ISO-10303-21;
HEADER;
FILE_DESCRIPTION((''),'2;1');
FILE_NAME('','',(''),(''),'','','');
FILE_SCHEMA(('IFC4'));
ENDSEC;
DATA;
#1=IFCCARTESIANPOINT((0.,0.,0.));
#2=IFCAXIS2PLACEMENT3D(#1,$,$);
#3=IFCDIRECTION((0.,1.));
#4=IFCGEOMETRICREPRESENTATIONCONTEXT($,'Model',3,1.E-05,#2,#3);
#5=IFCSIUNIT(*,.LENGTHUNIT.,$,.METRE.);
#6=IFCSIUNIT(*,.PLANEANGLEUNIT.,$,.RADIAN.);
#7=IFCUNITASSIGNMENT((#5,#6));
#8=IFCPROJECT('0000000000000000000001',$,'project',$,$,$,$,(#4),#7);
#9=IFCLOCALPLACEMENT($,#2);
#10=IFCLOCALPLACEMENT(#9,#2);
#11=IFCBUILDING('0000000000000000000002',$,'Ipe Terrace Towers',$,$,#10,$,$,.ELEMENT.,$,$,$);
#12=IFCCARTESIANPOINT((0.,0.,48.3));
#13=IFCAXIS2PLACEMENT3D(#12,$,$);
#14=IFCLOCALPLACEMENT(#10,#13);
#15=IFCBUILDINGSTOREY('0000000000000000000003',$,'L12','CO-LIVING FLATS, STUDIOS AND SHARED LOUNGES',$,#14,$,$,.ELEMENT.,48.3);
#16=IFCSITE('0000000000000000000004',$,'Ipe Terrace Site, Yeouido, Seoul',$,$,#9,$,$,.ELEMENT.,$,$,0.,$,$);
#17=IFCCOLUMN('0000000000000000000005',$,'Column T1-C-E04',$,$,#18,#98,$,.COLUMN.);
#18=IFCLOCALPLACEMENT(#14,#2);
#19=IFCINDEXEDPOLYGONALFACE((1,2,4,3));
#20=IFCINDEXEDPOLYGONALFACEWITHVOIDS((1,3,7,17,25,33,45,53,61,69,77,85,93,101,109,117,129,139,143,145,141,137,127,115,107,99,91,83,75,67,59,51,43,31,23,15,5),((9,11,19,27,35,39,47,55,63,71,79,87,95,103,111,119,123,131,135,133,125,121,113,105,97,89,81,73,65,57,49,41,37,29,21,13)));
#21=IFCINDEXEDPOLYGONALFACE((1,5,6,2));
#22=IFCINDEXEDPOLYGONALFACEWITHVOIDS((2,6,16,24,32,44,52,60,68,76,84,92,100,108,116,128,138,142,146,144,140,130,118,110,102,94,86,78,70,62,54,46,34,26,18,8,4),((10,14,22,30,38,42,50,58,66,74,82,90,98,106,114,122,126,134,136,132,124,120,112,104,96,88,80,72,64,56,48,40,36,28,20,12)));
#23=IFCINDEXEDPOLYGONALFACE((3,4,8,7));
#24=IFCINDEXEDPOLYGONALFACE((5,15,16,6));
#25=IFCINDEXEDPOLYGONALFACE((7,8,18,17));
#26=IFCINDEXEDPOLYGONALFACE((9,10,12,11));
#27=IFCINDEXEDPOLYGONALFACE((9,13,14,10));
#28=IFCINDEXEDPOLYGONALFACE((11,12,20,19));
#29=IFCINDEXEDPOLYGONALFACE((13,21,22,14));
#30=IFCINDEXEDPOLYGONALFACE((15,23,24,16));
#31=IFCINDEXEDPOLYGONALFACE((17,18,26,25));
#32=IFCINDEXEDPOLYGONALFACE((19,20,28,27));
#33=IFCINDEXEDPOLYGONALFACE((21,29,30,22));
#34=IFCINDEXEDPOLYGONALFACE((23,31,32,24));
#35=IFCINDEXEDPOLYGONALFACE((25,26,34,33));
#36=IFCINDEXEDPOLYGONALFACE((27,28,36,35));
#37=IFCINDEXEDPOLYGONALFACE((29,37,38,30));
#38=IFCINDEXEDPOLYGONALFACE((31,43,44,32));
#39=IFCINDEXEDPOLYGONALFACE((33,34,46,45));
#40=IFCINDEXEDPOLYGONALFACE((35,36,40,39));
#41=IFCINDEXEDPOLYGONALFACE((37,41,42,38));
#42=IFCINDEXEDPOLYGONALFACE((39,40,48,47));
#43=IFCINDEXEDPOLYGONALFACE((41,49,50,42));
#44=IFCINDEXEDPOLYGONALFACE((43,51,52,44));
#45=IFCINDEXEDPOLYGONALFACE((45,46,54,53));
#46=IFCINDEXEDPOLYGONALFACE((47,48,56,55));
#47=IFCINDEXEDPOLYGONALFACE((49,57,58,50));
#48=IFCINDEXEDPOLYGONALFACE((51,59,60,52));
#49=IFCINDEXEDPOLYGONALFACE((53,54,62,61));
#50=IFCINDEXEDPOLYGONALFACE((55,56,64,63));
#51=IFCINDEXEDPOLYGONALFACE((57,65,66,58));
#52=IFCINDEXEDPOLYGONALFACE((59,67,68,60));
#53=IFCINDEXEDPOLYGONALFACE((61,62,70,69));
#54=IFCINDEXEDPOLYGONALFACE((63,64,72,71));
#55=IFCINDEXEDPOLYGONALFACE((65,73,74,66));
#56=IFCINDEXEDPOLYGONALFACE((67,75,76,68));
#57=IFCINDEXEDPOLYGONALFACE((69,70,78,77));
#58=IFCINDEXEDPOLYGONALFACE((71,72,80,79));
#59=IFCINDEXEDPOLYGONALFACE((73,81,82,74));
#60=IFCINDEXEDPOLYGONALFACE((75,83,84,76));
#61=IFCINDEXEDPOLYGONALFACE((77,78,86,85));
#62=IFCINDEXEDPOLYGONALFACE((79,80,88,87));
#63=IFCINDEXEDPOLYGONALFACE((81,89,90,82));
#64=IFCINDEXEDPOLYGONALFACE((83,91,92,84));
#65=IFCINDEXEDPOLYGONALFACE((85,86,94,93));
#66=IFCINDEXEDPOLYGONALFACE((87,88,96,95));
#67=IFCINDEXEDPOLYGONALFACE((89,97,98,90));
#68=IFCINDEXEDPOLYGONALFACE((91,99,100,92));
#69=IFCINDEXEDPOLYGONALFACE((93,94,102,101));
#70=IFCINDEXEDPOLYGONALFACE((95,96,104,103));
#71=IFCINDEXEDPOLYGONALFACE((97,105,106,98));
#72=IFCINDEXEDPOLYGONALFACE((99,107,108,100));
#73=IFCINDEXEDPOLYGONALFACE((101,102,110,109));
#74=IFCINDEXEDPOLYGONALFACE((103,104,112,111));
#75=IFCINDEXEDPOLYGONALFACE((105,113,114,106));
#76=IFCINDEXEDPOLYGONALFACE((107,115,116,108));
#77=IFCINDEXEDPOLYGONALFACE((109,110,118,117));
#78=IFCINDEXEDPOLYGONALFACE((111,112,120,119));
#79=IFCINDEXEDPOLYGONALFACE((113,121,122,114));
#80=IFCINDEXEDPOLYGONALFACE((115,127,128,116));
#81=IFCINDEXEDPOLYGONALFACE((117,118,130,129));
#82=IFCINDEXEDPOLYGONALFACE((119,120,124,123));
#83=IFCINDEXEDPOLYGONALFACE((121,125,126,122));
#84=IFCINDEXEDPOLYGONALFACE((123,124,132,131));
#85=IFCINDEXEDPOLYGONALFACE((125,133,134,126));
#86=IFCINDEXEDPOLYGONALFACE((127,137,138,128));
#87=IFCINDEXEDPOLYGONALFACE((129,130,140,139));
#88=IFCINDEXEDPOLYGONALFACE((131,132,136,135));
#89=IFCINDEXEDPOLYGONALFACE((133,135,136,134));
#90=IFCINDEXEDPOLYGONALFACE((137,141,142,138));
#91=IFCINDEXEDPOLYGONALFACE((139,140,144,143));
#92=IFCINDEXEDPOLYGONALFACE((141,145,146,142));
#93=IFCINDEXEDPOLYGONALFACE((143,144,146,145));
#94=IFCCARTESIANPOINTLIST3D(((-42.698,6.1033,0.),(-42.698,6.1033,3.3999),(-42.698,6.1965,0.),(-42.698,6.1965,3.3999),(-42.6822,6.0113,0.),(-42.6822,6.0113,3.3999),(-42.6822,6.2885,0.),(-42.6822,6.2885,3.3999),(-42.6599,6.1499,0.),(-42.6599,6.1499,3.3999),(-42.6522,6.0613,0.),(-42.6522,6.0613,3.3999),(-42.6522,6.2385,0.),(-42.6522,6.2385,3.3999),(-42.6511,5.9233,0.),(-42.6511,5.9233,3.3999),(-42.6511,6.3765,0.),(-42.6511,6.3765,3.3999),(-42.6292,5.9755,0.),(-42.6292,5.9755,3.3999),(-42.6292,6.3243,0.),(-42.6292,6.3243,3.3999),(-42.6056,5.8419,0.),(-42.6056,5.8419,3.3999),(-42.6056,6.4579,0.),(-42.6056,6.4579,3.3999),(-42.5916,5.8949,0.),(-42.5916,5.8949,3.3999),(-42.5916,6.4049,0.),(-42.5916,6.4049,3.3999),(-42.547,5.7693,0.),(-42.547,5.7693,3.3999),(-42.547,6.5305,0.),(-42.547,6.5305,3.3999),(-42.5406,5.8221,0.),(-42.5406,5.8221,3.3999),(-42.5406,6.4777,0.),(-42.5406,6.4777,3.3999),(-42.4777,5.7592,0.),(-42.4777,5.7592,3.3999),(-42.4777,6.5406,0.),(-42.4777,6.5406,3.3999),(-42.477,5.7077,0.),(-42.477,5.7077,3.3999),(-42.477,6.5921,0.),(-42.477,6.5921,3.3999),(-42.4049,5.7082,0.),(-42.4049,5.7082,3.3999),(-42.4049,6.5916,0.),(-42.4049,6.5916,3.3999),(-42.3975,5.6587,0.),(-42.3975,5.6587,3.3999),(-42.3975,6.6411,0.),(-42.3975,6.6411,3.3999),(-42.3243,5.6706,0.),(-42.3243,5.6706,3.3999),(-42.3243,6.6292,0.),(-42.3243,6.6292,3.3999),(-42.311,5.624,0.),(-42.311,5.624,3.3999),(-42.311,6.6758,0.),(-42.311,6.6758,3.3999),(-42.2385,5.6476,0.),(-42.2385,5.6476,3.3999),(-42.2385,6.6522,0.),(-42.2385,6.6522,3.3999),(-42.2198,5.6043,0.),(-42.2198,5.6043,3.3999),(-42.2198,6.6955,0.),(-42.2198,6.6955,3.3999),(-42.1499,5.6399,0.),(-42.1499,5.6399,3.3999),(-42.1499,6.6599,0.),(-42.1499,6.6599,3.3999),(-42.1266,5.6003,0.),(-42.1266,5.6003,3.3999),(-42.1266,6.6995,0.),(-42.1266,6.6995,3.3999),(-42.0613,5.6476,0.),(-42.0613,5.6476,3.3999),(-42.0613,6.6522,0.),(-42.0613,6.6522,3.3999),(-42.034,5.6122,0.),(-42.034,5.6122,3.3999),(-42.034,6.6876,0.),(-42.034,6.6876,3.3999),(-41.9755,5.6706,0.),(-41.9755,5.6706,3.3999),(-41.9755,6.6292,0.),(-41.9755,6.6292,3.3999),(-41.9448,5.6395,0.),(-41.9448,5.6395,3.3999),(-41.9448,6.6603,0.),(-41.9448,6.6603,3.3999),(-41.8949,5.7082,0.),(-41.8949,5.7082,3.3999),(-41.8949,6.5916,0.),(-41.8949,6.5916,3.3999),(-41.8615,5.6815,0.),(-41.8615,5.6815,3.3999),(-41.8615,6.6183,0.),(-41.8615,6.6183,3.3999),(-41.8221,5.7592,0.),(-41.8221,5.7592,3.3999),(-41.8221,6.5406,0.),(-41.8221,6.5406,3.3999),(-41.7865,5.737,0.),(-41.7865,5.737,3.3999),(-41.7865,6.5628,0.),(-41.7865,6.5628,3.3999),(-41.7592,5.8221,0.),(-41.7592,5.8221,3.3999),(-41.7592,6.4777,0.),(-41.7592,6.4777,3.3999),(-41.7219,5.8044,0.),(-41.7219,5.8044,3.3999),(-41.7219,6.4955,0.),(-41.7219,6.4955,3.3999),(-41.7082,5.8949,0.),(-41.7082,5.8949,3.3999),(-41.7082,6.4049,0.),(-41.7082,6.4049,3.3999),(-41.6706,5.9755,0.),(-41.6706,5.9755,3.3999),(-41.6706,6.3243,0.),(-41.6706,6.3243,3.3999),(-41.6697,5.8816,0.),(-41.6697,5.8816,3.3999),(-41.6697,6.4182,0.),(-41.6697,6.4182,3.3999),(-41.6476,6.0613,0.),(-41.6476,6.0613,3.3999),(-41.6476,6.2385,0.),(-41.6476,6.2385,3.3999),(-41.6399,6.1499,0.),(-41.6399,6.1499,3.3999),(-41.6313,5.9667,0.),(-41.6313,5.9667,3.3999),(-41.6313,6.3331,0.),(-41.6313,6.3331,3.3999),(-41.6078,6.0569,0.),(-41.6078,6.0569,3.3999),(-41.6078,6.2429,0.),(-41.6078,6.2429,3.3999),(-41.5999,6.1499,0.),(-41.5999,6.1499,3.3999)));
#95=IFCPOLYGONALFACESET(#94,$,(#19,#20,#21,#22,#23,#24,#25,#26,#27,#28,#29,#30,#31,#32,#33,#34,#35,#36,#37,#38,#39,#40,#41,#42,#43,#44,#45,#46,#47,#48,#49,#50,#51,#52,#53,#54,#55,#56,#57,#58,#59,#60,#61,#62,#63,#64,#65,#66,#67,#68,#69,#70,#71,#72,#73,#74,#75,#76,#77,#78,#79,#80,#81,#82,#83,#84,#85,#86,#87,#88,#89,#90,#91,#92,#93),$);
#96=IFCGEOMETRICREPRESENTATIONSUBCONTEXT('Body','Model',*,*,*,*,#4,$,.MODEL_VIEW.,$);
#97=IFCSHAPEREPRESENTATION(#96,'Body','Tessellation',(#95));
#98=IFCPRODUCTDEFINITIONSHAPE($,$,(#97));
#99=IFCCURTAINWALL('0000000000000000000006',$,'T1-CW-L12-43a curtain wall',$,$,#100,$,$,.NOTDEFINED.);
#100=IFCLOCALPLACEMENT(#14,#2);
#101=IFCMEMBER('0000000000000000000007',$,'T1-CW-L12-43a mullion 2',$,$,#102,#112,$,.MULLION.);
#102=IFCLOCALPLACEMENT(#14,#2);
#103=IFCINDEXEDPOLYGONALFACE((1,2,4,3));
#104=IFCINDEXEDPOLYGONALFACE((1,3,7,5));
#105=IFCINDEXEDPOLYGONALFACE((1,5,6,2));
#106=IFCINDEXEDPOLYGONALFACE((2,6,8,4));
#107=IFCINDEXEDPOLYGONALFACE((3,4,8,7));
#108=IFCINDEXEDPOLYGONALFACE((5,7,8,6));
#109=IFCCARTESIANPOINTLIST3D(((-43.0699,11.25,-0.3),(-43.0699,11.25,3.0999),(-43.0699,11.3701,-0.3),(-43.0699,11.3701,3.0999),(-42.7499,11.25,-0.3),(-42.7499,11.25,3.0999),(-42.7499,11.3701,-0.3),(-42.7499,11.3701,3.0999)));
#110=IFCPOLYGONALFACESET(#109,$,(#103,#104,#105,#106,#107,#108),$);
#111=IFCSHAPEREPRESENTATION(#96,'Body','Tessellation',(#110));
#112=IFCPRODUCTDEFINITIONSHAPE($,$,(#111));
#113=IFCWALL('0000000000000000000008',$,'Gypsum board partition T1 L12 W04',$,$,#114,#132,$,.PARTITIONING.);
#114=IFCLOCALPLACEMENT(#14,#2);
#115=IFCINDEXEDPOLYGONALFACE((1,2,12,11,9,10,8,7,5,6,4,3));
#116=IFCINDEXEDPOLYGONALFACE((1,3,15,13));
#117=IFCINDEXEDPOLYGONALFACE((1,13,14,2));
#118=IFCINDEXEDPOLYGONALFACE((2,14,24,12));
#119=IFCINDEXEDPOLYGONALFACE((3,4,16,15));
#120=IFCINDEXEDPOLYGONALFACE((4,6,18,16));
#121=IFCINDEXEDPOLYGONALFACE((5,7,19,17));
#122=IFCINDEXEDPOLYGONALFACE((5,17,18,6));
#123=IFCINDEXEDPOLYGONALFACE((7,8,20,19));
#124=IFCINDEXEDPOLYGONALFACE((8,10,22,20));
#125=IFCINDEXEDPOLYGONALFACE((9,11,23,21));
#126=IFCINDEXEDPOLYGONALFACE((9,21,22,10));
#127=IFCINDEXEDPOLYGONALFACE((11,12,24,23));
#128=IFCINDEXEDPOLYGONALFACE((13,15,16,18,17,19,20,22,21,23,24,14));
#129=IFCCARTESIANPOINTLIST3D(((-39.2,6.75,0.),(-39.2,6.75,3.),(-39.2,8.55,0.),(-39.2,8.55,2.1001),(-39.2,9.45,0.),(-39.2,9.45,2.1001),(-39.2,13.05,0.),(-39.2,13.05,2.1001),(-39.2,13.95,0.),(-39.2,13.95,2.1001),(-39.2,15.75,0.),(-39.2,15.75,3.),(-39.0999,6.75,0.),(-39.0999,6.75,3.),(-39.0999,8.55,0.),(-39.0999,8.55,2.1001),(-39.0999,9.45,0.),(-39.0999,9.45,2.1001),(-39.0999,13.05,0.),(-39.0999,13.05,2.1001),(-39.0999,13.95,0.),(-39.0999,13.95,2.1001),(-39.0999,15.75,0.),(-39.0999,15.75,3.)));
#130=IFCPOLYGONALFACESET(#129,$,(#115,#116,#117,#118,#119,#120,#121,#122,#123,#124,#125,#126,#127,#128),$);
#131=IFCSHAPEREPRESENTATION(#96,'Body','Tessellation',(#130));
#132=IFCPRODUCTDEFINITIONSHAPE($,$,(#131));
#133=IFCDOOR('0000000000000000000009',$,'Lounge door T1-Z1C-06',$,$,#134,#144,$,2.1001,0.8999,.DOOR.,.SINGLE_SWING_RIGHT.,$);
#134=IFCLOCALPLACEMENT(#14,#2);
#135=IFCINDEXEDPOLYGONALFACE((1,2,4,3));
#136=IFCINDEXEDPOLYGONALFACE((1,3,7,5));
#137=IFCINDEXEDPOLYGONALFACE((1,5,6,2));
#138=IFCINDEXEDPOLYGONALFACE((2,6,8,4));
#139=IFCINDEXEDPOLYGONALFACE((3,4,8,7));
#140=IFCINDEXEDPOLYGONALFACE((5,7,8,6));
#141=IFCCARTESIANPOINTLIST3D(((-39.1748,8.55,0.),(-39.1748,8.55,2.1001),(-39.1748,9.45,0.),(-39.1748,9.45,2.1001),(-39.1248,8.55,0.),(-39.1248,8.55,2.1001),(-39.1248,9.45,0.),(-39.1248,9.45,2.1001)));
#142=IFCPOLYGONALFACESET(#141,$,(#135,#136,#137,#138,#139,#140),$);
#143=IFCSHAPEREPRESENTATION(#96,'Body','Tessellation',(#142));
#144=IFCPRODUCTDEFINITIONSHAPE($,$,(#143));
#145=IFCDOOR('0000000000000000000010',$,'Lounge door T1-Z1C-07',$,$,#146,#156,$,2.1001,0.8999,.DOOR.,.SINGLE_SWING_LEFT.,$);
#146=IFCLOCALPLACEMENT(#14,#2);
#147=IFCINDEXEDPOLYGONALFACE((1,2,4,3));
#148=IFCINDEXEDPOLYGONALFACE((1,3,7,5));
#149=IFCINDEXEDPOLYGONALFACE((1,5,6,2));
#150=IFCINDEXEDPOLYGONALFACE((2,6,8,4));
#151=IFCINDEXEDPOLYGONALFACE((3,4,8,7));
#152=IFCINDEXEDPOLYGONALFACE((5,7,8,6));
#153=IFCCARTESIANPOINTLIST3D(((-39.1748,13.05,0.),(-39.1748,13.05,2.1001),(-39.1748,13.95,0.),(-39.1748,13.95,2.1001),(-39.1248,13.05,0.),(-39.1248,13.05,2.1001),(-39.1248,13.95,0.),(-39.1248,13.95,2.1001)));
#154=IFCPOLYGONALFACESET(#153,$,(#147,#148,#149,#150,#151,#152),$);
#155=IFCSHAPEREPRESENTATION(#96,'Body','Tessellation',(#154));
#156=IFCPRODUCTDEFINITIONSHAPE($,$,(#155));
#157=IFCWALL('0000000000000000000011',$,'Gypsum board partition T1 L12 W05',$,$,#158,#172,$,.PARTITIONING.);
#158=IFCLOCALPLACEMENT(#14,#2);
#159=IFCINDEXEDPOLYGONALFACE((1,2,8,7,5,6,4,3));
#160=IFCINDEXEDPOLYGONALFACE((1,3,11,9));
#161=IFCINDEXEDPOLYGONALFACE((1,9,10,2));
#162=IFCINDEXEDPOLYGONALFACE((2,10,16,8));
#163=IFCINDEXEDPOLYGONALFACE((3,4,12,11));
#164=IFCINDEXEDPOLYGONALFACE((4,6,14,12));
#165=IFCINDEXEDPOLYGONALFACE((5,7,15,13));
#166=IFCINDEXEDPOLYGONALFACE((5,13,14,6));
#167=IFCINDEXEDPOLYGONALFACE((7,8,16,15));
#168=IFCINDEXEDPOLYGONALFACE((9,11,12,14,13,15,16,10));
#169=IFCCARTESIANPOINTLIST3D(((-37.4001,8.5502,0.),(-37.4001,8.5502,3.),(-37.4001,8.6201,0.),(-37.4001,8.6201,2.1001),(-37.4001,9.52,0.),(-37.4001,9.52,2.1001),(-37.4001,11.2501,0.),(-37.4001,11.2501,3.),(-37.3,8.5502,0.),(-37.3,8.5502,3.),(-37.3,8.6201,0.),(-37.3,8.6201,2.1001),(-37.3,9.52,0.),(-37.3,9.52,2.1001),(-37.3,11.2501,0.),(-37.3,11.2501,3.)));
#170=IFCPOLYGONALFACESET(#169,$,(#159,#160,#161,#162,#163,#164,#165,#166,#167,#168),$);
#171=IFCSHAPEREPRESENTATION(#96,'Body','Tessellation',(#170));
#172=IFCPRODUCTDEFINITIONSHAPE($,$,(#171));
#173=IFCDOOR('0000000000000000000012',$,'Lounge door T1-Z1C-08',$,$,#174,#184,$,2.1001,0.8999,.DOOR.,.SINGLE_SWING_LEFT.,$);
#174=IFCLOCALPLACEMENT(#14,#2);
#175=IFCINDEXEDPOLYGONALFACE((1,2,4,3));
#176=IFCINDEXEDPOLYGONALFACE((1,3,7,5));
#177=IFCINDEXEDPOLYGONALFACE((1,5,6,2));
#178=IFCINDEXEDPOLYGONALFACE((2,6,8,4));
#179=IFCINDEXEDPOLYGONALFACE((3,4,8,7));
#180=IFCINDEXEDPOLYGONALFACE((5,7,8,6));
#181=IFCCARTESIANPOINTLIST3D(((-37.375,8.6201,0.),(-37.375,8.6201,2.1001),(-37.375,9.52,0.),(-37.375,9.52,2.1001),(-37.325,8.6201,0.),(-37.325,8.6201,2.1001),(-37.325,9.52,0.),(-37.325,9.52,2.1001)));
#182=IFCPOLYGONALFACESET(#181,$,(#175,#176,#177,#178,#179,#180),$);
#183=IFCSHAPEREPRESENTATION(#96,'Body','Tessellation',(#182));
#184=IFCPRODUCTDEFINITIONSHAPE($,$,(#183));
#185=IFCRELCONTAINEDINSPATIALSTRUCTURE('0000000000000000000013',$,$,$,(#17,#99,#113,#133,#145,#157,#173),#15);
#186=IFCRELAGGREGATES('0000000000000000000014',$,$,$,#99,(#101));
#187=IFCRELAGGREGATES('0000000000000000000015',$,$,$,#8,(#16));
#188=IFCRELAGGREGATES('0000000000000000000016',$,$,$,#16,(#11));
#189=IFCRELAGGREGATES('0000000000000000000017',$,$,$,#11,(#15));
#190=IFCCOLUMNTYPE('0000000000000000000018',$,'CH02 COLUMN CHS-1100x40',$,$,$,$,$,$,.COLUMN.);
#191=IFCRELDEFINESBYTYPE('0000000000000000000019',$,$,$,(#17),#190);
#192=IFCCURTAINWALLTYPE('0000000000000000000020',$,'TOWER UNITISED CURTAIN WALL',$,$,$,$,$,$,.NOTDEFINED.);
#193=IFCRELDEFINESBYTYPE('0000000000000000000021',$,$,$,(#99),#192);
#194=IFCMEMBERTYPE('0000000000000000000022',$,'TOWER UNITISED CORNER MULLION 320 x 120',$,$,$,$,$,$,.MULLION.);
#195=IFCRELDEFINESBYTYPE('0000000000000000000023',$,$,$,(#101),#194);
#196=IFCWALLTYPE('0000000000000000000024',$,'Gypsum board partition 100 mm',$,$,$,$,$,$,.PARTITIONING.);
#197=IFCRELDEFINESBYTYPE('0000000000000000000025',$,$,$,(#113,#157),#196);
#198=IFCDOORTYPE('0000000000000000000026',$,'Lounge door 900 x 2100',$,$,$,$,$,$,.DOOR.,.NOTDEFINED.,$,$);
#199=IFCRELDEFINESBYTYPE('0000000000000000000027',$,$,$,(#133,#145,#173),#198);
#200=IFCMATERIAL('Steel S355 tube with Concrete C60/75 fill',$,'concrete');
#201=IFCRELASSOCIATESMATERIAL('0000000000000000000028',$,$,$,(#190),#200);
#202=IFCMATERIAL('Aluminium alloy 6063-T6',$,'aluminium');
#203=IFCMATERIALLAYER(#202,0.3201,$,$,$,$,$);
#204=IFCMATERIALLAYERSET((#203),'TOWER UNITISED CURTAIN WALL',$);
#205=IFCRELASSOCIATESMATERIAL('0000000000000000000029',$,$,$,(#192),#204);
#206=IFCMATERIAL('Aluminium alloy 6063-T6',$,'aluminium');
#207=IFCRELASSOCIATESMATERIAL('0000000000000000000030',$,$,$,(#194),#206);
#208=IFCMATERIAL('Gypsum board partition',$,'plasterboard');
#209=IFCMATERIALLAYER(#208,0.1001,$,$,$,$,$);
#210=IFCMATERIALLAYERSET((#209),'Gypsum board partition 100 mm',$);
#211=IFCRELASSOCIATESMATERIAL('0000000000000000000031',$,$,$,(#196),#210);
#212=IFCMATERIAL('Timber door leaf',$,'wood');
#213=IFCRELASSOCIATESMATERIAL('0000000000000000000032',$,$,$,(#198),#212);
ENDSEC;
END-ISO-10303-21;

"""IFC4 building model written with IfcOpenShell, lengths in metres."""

from ifc_helpers import new_model, si_unit, direction, frame, frame_2d, origin, origin_2d, place, context, subcontext, project, spatial, rectangle, hollow_circle, extrude, material, layer, layer_set, material_profile, profile_set, type_object, element, fill, aggregate, save


model = new_model("IFC4")

# Units and contexts
model_context = context("Model", 3, precision=1e-05, world=origin(), true_north=direction((0.0, 1.0)))
body_context = subcontext(model_context, "Body", "Model", "MODEL_VIEW")
ifc_project = project(units=[si_unit("LENGTHUNIT", "METRE"), si_unit("PLANEANGLEUNIT", "RADIAN")], contexts=[model_context])

# Site, building, storey
site_placement = place(None, origin())
site = spatial("IfcSite", under=ifc_project, at=site_placement, Name="Ipe Terrace Site, Yeouido, Seoul", CompositionType="ELEMENT", RefElevation=0.0)
building_placement = place(site_placement, origin())
building = spatial("IfcBuilding", under=site, at=building_placement, Name="Ipe Terrace Towers", CompositionType="ELEMENT")
storey_placement = place(building_placement, frame((0.0, 0.0, 48.3)))
storey = spatial("IfcBuildingStorey", under=building, at=storey_placement, Name="L12", Description="CO-LIVING FLATS, STUDIOS AND SHARED LOUNGES", CompositionType="ELEMENT", Elevation=48.3)

# Column
ifc_material_1 = material(Name="Steel S355 tube with Concrete C60/75 fill", Category="concrete")
ifc_material_profile_1 = material_profile(ifc_material_1, hollow_circle(Radius=0.55, WallThickness=0.04, at=origin_2d()), Name="CHS-1100x40")
ifc_profile_set_1 = profile_set([ifc_material_profile_1], Name="Steel S355 tube with Concrete C60/75 fill")
column_type = type_object("IfcColumnType", Name="CH02 COLUMN CHS-1100x40", PredefinedType="COLUMN", material=ifc_profile_set_1)
column_placement = place(storey_placement, frame((-42.1499, 6.1499, 0.0), z_axis=(0.0, 0.0, 1.0), x_axis=(1.0, 0.0, 0.0)))
element("IfcColumn", 1, at=column_placement, inside=storey, type_object=column_type, Name="Column T1-C-E04", PredefinedType="COLUMN", context=body_context, shape_type="SweptSolid", body=[
    extrude(hollow_circle(Radius=0.55, WallThickness=0.04, at=origin_2d()), origin(), (0.0, 0.0, 1.0), 3.3999),
])

# Curtain wall, member
ifc_material_2 = material(Name="Aluminium alloy 6063-T6", Category="aluminium")
ifc_layer_1 = layer(ifc_material_2, 0.3201)
ifc_layer_set_1 = layer_set([ifc_layer_1], Name="TOWER UNITISED CURTAIN WALL")
curtain_wall_type = type_object("IfcCurtainWallType", Name="TOWER UNITISED CURTAIN WALL", PredefinedType="NOTDEFINED", material=ifc_layer_set_1)
curtain_wall_placement = place(storey_placement, origin())
curtain_wall = element("IfcCurtainWall", 2, at=curtain_wall_placement, inside=storey, type_object=curtain_wall_type, Name="T1-CW-L12-43a curtain wall", PredefinedType="NOTDEFINED")
ifc_material_3 = material(Name="Aluminium alloy 6063-T6", Category="aluminium")
ifc_material_profile_2 = material_profile(ifc_material_3, rectangle(XDim=0.3201, YDim=0.1201, at=origin_2d()), Name="TOWER UNITISED CORNER MULLION 320 x 120")
ifc_profile_set_2 = profile_set([ifc_material_profile_2], Name="Aluminium alloy 6063-T6")
member_type = type_object("IfcMemberType", Name="TOWER UNITISED CORNER MULLION 320 x 120", PredefinedType="MULLION", material=ifc_profile_set_2)
member_placement = place(storey_placement, frame((-42.9099, 11.3101, -0.3), z_axis=(0.0, 0.0, 1.0), x_axis=(-1.0, 0.0, 0.0)))
member = element("IfcMember", 3, at=member_placement, type_object=member_type, Name="T1-CW-L12-43a mullion 2", PredefinedType="MULLION", context=body_context, shape_type="SweptSolid", body=[
    extrude(rectangle(XDim=0.3201, YDim=0.1201, at=origin_2d()), origin(), (0.0, 0.0, 1.0), 3.3999),
])
aggregate(curtain_wall, [member])

# Wall, openings, doors
ifc_material_4 = material(Name="Gypsum board partition", Category="plasterboard")
ifc_layer_2 = layer(ifc_material_4, 0.1001)
ifc_layer_set_2 = layer_set([ifc_layer_2], Name="Gypsum board partition 100 mm")
wall_type_1 = type_object("IfcWallType", Name="Gypsum board partition 100 mm", PredefinedType="PARTITIONING", material=ifc_layer_set_2)
wall_1_placement = place(storey_placement, frame((-39.1499, 6.75, 0.0), z_axis=(0.0, 0.0, 1.0), x_axis=(0.0, 1.0, 0.0)))
wall_1 = element("IfcWall", 4, at=wall_1_placement, inside=storey, type_object=wall_type_1, Name="Gypsum board partition T1 L12 W04", PredefinedType="PARTITIONING", context=body_context, shape_type="SweptSolid", body=[
    extrude(rectangle(XDim=9.0, YDim=0.1001, at=frame_2d((4.5, 0.0))), origin(), (0.0, 0.0, 1.0), 3.0),
])
opening_1_placement = place(wall_1_placement, frame((1.8, 0.0, 0.0)))
opening_1 = element("IfcOpeningElement", 5, at=opening_1_placement, cuts=wall_1, PredefinedType="OPENING", context=body_context, shape_type="SweptSolid", body=[
    extrude(rectangle(XDim=0.8999, YDim=2.1001, at=frame_2d((0.45, 1.05))), frame((0.0, 0.0601, 0.0), z_axis=(0.0, -1.0, 0.0), x_axis=(1.0, 0.0, 0.0)), (0.0, 0.0, 1.0), 0.1201),
])
opening_2_placement = place(wall_1_placement, frame((6.3, 0.0, 0.0)))
opening_2 = element("IfcOpeningElement", 6, at=opening_2_placement, cuts=wall_1, PredefinedType="OPENING", context=body_context, shape_type="SweptSolid", body=[
    extrude(rectangle(XDim=0.8999, YDim=2.1001, at=frame_2d((0.45, 1.05))), frame((0.0, 0.0601, 0.0), z_axis=(0.0, -1.0, 0.0), x_axis=(1.0, 0.0, 0.0)), (0.0, 0.0, 1.0), 0.1201),
])
ifc_material_5 = material(Name="Timber door leaf", Category="wood")
door_type_1 = type_object("IfcDoorType", Name="Lounge door 900 x 2100", OperationType="NOTDEFINED", PredefinedType="DOOR", material=ifc_material_5)
door_1_placement = place(opening_1_placement, origin())
door_1 = element("IfcDoor", 7, at=door_1_placement, inside=storey, type_object=door_type_1, Name="Lounge door T1-Z1C-06", OperationType="SINGLE_SWING_RIGHT", OverallHeight=2.1001, OverallWidth=0.8999, PredefinedType="DOOR", context=body_context, shape_type="SweptSolid", body=[
    extrude(rectangle(XDim=0.8999, YDim=2.1001, at=frame_2d((0.45, 1.05))), frame((0.0, 0.0249, 0.0), z_axis=(0.0, -1.0, 0.0), x_axis=(1.0, 0.0, 0.0)), (0.0, 0.0, 1.0), 0.05),
])
fill(opening_1, door_1)
door_2_placement = place(opening_2_placement, origin())
door_2 = element("IfcDoor", 8, at=door_2_placement, inside=storey, type_object=door_type_1, Name="Lounge door T1-Z1C-07", OperationType="SINGLE_SWING_LEFT", OverallHeight=2.1001, OverallWidth=0.8999, PredefinedType="DOOR", context=body_context, shape_type="SweptSolid", body=[
    extrude(rectangle(XDim=0.8999, YDim=2.1001, at=frame_2d((0.45, 1.05))), frame((0.0, 0.0249, 0.0), z_axis=(0.0, -1.0, 0.0), x_axis=(1.0, 0.0, 0.0)), (0.0, 0.0, 1.0), 0.05),
])
fill(opening_2, door_2)

# Wall, opening, door
wall_2_placement = place(storey_placement, frame((-37.3501, 8.55, 0.0), z_axis=(0.0, 0.0, 1.0), x_axis=(0.0, 1.0, 0.0)))
wall_2 = element("IfcWall", 9, at=wall_2_placement, inside=storey, type_object=wall_type_1, Name="Gypsum board partition T1 L12 W05", PredefinedType="PARTITIONING", context=body_context, shape_type="SweptSolid", body=[
    extrude(rectangle(XDim=2.7, YDim=0.1001, at=frame_2d((1.3501, 0.0))), origin(), (0.0, 0.0, 1.0), 3.0),
])
opening_3_placement = place(wall_2_placement, frame((0.0701, 0.0, 0.0)))
opening_3 = element("IfcOpeningElement", 10, at=opening_3_placement, cuts=wall_2, PredefinedType="OPENING", context=body_context, shape_type="SweptSolid", body=[
    extrude(rectangle(XDim=0.8999, YDim=2.1001, at=frame_2d((0.45, 1.05))), frame((0.0, 0.0601, 0.0), z_axis=(0.0, -1.0, 0.0), x_axis=(1.0, 0.0, 0.0)), (0.0, 0.0, 1.0), 0.1201),
])
door_3_placement = place(opening_3_placement, origin())
door_3 = element("IfcDoor", 11, at=door_3_placement, inside=storey, type_object=door_type_1, Name="Lounge door T1-Z1C-08", OperationType="SINGLE_SWING_LEFT", OverallHeight=2.1001, OverallWidth=0.8999, PredefinedType="DOOR", context=body_context, shape_type="SweptSolid", body=[
    extrude(rectangle(XDim=0.8999, YDim=2.1001, at=frame_2d((0.45, 1.05))), frame((0.0, 0.0249, 0.0), z_axis=(0.0, -1.0, 0.0), x_axis=(1.0, 0.0, 0.0)), (0.0, 0.0, 1.0), 0.05),
])
fill(opening_3, door_3)

save(model, "model.ifc")
